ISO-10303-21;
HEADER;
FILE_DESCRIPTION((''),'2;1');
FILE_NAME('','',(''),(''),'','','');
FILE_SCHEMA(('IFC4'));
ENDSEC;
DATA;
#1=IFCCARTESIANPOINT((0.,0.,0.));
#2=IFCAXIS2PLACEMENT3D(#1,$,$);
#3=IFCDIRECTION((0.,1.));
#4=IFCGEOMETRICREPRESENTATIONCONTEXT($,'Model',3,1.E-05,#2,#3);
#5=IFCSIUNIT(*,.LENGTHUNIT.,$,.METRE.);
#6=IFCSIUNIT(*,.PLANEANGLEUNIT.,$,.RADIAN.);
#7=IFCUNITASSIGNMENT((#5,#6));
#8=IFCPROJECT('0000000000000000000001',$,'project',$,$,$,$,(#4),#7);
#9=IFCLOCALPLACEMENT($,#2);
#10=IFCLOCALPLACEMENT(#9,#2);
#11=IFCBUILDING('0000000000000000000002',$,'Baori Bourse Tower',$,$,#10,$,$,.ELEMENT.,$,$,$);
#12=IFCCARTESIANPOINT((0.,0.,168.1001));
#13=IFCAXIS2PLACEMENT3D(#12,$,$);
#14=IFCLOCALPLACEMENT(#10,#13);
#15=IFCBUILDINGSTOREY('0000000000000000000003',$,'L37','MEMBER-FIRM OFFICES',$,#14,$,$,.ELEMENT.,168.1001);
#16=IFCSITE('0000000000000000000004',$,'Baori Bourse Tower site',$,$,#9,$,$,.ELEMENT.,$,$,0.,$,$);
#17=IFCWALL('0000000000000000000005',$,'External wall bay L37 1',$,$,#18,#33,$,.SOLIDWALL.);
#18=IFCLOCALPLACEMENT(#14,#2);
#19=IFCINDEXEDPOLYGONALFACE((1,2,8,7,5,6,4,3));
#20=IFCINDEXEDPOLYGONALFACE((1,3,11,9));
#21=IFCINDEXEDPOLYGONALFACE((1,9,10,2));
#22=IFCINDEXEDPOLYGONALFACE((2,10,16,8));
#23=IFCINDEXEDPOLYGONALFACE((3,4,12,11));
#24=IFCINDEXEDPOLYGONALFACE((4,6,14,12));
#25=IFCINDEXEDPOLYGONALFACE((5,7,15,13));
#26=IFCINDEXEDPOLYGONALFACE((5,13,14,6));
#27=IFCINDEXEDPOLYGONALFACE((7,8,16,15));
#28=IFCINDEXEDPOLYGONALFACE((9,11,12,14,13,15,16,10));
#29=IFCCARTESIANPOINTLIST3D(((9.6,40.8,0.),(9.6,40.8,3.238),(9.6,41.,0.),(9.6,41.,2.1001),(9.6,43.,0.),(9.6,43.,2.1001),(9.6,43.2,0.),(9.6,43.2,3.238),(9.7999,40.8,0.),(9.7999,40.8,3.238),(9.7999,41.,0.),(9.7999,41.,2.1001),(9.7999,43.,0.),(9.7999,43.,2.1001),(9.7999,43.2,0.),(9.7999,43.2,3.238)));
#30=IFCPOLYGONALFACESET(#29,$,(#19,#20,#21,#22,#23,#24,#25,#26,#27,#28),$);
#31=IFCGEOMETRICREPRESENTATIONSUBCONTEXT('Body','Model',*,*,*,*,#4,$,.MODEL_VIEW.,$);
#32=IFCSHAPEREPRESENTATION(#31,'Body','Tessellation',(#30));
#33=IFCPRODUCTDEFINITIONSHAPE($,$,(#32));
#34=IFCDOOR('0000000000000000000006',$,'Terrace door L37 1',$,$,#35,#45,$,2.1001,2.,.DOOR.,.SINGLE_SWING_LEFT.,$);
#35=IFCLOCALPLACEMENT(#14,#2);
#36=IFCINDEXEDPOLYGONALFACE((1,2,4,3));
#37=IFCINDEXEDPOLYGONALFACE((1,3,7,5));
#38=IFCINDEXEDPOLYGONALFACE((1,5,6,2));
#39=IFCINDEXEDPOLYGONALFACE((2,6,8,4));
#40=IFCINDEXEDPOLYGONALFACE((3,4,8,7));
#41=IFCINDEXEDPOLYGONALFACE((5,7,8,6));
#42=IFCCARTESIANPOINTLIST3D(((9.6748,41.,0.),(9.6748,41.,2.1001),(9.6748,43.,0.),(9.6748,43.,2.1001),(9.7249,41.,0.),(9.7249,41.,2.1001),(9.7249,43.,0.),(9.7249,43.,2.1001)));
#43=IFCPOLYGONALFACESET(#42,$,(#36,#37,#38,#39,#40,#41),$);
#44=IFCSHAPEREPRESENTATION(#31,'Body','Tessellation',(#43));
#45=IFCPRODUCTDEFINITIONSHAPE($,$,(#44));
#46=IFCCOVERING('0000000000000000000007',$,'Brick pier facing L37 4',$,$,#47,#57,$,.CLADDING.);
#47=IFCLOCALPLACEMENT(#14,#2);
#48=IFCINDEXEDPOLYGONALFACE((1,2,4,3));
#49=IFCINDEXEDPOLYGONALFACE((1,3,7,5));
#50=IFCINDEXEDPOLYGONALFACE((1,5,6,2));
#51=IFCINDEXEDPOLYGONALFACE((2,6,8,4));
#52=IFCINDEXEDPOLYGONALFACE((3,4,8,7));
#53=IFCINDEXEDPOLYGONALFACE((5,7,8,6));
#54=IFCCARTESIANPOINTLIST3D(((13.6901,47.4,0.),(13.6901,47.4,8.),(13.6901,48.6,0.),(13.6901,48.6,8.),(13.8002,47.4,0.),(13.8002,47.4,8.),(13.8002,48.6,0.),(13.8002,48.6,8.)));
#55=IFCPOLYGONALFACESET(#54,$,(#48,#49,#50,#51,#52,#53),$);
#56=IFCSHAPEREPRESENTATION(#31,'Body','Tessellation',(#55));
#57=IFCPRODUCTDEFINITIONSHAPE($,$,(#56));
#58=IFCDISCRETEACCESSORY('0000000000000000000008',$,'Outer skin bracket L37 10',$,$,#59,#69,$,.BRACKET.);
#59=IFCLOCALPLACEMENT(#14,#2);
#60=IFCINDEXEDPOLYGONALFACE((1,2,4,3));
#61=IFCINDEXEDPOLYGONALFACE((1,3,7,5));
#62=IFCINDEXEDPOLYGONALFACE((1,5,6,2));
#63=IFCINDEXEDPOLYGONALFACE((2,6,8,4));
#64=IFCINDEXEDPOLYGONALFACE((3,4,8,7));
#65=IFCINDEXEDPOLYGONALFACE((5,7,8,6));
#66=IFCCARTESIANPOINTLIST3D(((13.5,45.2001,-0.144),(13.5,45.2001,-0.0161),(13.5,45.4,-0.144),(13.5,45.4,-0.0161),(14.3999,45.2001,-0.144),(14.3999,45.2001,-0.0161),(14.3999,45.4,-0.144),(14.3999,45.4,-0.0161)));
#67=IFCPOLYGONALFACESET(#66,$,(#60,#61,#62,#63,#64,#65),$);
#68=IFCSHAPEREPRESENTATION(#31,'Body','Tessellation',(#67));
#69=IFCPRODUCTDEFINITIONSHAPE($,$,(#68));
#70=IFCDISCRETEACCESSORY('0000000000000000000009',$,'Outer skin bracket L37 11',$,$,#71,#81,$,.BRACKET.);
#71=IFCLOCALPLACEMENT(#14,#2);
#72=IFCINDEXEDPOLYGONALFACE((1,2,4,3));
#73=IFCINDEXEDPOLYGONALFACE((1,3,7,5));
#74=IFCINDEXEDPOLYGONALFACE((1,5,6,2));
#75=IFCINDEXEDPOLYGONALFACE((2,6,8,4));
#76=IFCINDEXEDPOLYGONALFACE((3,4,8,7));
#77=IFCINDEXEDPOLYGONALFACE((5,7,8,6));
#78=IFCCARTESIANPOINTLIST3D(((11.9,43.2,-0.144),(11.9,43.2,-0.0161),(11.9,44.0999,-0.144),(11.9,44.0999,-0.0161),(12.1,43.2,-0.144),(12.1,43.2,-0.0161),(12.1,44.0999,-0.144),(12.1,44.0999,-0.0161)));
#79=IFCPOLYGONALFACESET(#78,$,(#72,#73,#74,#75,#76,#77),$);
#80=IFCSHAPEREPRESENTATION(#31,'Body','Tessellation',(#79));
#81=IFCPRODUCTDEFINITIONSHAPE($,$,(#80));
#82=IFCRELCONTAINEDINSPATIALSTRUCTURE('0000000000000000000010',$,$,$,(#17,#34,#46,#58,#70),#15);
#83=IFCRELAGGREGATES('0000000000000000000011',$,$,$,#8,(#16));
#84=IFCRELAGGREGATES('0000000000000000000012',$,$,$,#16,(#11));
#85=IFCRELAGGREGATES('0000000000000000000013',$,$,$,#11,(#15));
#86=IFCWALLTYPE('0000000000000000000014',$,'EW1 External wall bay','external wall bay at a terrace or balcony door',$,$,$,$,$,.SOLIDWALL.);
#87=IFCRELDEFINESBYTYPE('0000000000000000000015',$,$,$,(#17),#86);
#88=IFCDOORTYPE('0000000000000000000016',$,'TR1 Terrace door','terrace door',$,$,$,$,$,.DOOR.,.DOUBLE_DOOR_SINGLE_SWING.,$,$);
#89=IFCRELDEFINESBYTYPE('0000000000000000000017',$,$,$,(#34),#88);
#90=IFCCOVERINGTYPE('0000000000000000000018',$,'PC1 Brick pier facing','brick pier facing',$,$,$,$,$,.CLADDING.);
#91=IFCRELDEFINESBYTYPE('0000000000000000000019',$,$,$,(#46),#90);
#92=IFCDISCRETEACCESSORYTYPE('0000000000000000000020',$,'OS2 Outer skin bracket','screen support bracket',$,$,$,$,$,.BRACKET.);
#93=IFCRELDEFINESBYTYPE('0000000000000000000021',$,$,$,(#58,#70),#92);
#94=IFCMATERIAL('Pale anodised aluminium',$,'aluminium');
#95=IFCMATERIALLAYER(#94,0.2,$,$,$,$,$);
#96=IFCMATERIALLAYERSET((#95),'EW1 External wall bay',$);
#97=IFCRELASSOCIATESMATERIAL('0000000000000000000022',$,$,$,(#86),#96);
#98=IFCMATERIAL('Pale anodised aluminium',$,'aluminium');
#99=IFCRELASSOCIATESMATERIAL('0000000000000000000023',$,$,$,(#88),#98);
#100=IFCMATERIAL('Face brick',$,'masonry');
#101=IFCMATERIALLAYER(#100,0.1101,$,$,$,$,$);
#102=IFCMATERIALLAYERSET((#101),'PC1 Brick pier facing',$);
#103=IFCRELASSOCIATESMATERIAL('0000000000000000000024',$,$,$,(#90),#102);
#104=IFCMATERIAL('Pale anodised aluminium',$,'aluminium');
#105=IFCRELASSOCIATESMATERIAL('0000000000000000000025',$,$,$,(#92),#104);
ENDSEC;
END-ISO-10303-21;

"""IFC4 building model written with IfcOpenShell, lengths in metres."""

from ifc_helpers import new_model, si_unit, direction, frame, frame_2d, origin, origin_2d, place, context, subcontext, project, spatial, rectangle, extrude, material, layer, layer_set, type_object, element, fill, save


model = new_model("IFC4")

# Units and contexts
model_context = context("Model", 3, precision=1e-05, world=origin(), true_north=direction((0.0, 1.0)))
body_context = subcontext(model_context, "Body", "Model", "MODEL_VIEW")
ifc_project = project(units=[si_unit("LENGTHUNIT", "METRE"), si_unit("PLANEANGLEUNIT", "RADIAN")], contexts=[model_context])

# Site, building, storey
site_placement = place(None, origin())
site = spatial("IfcSite", under=ifc_project, at=site_placement, Name="Baori Bourse Tower site", CompositionType="ELEMENT", RefElevation=0.0)
building_placement = place(site_placement, origin())
building = spatial("IfcBuilding", under=site, at=building_placement, Name="Baori Bourse Tower", CompositionType="ELEMENT")
storey_placement = place(building_placement, frame((0.0, 0.0, 168.1001)))
storey = spatial("IfcBuildingStorey", under=building, at=storey_placement, Name="L37", Description="MEMBER-FIRM OFFICES", CompositionType="ELEMENT", Elevation=168.1001)

# Wall, opening, door
ifc_material_1 = material(Name="Pale anodised aluminium", Category="aluminium")
ifc_layer_1 = layer(ifc_material_1, 0.2)
ifc_layer_set_1 = layer_set([ifc_layer_1], Name="EW1 External wall bay")
wall_type_1 = type_object("IfcWallType", Name="EW1 External wall bay", Description="external wall bay at a terrace or balcony door", PredefinedType="SOLIDWALL", material=ifc_layer_set_1)
wall_1_placement = place(storey_placement, frame((9.7, 43.2, 0.0), z_axis=(0.0, 0.0, 1.0), x_axis=(0.0, -1.0, 0.0)))
wall_1 = element("IfcWall", 1, at=wall_1_placement, inside=storey, type_object=wall_type_1, Name="External wall bay L37 1", PredefinedType="SOLIDWALL", context=body_context, shape_type="SweptSolid", body=[
    extrude(rectangle(XDim=2.3999, YDim=0.2, at=frame_2d((1.2, 0.0))), origin(), (0.0, 0.0, 1.0), 3.238),
])
opening_1_placement = place(wall_1_placement, frame((0.2, 0.0, 0.0)))
opening_1 = element("IfcOpeningElement", 2, at=opening_1_placement, cuts=wall_1, PredefinedType="OPENING", context=body_context, shape_type="SweptSolid", body=[
    extrude(rectangle(XDim=2.0, YDim=2.1001, at=frame_2d((1.0, 1.05))), frame((0.0, 0.1099, 0.0), z_axis=(0.0, -1.0, 0.0), x_axis=(1.0, 0.0, 0.0)), (0.0, 0.0, 1.0), 0.22),
])
ifc_material_2 = material(Name="Pale anodised aluminium", Category="aluminium")
door_type_1 = type_object("IfcDoorType", Name="TR1 Terrace door", Description="terrace door", OperationType="DOUBLE_DOOR_SINGLE_SWING", PredefinedType="DOOR", material=ifc_material_2)
door_1_placement = place(opening_1_placement, origin())
door_1 = element("IfcDoor", 3, at=door_1_placement, inside=storey, type_object=door_type_1, Name="Terrace door L37 1", OperationType="SINGLE_SWING_LEFT", OverallHeight=2.1001, OverallWidth=2.0, PredefinedType="DOOR", context=body_context, shape_type="SweptSolid", body=[
    extrude(rectangle(XDim=2.0, YDim=2.1001, at=frame_2d((1.0, 1.05))), frame((0.0, 0.0249, 0.0), z_axis=(0.0, -1.0, 0.0), x_axis=(1.0, 0.0, 0.0)), (0.0, 0.0, 1.0), 0.05),
])
fill(opening_1, door_1)

# Covering
ifc_material_3 = material(Name="Face brick", Category="masonry")
ifc_layer_2 = layer(ifc_material_3, 0.1101)
ifc_layer_set_2 = layer_set([ifc_layer_2], Name="PC1 Brick pier facing")
covering_type = type_object("IfcCoveringType", Name="PC1 Brick pier facing", Description="brick pier facing", PredefinedType="CLADDING", material=ifc_layer_set_2)
covering_placement = place(storey_placement, frame((13.7451, 48.0, 0.0), z_axis=(0.0, 0.0, 1.0), x_axis=(1.0, 0.0, 0.0)))
element("IfcCovering", 4, at=covering_placement, inside=storey, type_object=covering_type, Name="Brick pier facing L37 4", PredefinedType="CLADDING", context=body_context, shape_type="SweptSolid", body=[
    extrude(rectangle(XDim=0.1101, YDim=1.2, at=origin_2d()), origin(), (0.0, 0.0, 1.0), 8.0),
])

# Discrete accessories
ifc_material_4 = material(Name="Pale anodised aluminium", Category="aluminium")
discrete_accessory_type = type_object("IfcDiscreteAccessoryType", Name="OS2 Outer skin bracket", Description="screen support bracket", PredefinedType="BRACKET", material=ifc_material_4)
for number, where, z_axis, x_axis, name in (
    (5, (13.95, 45.3, -0.144), (0.0, 0.0, 1.0), (0.0, -1.0, 0.0), "Outer skin bracket L37 10"),
    (6, (12.0, 43.6499, -0.144), (0.0, 0.0, 1.0), (-1.0, 0.0, 0.0), "Outer skin bracket L37 11"),
):
    element("IfcDiscreteAccessory", number, at=place(storey_placement, frame(where, z_axis=z_axis, x_axis=x_axis)), inside=storey, type_object=discrete_accessory_type, Name=name, PredefinedType="BRACKET", context=body_context, shape_type="SweptSolid", body=[
        extrude(rectangle(XDim=0.2, YDim=0.8999, at=origin_2d()), origin(), (0.0, 0.0, 1.0), 0.1279),
    ])

save(model, "model.ifc")
